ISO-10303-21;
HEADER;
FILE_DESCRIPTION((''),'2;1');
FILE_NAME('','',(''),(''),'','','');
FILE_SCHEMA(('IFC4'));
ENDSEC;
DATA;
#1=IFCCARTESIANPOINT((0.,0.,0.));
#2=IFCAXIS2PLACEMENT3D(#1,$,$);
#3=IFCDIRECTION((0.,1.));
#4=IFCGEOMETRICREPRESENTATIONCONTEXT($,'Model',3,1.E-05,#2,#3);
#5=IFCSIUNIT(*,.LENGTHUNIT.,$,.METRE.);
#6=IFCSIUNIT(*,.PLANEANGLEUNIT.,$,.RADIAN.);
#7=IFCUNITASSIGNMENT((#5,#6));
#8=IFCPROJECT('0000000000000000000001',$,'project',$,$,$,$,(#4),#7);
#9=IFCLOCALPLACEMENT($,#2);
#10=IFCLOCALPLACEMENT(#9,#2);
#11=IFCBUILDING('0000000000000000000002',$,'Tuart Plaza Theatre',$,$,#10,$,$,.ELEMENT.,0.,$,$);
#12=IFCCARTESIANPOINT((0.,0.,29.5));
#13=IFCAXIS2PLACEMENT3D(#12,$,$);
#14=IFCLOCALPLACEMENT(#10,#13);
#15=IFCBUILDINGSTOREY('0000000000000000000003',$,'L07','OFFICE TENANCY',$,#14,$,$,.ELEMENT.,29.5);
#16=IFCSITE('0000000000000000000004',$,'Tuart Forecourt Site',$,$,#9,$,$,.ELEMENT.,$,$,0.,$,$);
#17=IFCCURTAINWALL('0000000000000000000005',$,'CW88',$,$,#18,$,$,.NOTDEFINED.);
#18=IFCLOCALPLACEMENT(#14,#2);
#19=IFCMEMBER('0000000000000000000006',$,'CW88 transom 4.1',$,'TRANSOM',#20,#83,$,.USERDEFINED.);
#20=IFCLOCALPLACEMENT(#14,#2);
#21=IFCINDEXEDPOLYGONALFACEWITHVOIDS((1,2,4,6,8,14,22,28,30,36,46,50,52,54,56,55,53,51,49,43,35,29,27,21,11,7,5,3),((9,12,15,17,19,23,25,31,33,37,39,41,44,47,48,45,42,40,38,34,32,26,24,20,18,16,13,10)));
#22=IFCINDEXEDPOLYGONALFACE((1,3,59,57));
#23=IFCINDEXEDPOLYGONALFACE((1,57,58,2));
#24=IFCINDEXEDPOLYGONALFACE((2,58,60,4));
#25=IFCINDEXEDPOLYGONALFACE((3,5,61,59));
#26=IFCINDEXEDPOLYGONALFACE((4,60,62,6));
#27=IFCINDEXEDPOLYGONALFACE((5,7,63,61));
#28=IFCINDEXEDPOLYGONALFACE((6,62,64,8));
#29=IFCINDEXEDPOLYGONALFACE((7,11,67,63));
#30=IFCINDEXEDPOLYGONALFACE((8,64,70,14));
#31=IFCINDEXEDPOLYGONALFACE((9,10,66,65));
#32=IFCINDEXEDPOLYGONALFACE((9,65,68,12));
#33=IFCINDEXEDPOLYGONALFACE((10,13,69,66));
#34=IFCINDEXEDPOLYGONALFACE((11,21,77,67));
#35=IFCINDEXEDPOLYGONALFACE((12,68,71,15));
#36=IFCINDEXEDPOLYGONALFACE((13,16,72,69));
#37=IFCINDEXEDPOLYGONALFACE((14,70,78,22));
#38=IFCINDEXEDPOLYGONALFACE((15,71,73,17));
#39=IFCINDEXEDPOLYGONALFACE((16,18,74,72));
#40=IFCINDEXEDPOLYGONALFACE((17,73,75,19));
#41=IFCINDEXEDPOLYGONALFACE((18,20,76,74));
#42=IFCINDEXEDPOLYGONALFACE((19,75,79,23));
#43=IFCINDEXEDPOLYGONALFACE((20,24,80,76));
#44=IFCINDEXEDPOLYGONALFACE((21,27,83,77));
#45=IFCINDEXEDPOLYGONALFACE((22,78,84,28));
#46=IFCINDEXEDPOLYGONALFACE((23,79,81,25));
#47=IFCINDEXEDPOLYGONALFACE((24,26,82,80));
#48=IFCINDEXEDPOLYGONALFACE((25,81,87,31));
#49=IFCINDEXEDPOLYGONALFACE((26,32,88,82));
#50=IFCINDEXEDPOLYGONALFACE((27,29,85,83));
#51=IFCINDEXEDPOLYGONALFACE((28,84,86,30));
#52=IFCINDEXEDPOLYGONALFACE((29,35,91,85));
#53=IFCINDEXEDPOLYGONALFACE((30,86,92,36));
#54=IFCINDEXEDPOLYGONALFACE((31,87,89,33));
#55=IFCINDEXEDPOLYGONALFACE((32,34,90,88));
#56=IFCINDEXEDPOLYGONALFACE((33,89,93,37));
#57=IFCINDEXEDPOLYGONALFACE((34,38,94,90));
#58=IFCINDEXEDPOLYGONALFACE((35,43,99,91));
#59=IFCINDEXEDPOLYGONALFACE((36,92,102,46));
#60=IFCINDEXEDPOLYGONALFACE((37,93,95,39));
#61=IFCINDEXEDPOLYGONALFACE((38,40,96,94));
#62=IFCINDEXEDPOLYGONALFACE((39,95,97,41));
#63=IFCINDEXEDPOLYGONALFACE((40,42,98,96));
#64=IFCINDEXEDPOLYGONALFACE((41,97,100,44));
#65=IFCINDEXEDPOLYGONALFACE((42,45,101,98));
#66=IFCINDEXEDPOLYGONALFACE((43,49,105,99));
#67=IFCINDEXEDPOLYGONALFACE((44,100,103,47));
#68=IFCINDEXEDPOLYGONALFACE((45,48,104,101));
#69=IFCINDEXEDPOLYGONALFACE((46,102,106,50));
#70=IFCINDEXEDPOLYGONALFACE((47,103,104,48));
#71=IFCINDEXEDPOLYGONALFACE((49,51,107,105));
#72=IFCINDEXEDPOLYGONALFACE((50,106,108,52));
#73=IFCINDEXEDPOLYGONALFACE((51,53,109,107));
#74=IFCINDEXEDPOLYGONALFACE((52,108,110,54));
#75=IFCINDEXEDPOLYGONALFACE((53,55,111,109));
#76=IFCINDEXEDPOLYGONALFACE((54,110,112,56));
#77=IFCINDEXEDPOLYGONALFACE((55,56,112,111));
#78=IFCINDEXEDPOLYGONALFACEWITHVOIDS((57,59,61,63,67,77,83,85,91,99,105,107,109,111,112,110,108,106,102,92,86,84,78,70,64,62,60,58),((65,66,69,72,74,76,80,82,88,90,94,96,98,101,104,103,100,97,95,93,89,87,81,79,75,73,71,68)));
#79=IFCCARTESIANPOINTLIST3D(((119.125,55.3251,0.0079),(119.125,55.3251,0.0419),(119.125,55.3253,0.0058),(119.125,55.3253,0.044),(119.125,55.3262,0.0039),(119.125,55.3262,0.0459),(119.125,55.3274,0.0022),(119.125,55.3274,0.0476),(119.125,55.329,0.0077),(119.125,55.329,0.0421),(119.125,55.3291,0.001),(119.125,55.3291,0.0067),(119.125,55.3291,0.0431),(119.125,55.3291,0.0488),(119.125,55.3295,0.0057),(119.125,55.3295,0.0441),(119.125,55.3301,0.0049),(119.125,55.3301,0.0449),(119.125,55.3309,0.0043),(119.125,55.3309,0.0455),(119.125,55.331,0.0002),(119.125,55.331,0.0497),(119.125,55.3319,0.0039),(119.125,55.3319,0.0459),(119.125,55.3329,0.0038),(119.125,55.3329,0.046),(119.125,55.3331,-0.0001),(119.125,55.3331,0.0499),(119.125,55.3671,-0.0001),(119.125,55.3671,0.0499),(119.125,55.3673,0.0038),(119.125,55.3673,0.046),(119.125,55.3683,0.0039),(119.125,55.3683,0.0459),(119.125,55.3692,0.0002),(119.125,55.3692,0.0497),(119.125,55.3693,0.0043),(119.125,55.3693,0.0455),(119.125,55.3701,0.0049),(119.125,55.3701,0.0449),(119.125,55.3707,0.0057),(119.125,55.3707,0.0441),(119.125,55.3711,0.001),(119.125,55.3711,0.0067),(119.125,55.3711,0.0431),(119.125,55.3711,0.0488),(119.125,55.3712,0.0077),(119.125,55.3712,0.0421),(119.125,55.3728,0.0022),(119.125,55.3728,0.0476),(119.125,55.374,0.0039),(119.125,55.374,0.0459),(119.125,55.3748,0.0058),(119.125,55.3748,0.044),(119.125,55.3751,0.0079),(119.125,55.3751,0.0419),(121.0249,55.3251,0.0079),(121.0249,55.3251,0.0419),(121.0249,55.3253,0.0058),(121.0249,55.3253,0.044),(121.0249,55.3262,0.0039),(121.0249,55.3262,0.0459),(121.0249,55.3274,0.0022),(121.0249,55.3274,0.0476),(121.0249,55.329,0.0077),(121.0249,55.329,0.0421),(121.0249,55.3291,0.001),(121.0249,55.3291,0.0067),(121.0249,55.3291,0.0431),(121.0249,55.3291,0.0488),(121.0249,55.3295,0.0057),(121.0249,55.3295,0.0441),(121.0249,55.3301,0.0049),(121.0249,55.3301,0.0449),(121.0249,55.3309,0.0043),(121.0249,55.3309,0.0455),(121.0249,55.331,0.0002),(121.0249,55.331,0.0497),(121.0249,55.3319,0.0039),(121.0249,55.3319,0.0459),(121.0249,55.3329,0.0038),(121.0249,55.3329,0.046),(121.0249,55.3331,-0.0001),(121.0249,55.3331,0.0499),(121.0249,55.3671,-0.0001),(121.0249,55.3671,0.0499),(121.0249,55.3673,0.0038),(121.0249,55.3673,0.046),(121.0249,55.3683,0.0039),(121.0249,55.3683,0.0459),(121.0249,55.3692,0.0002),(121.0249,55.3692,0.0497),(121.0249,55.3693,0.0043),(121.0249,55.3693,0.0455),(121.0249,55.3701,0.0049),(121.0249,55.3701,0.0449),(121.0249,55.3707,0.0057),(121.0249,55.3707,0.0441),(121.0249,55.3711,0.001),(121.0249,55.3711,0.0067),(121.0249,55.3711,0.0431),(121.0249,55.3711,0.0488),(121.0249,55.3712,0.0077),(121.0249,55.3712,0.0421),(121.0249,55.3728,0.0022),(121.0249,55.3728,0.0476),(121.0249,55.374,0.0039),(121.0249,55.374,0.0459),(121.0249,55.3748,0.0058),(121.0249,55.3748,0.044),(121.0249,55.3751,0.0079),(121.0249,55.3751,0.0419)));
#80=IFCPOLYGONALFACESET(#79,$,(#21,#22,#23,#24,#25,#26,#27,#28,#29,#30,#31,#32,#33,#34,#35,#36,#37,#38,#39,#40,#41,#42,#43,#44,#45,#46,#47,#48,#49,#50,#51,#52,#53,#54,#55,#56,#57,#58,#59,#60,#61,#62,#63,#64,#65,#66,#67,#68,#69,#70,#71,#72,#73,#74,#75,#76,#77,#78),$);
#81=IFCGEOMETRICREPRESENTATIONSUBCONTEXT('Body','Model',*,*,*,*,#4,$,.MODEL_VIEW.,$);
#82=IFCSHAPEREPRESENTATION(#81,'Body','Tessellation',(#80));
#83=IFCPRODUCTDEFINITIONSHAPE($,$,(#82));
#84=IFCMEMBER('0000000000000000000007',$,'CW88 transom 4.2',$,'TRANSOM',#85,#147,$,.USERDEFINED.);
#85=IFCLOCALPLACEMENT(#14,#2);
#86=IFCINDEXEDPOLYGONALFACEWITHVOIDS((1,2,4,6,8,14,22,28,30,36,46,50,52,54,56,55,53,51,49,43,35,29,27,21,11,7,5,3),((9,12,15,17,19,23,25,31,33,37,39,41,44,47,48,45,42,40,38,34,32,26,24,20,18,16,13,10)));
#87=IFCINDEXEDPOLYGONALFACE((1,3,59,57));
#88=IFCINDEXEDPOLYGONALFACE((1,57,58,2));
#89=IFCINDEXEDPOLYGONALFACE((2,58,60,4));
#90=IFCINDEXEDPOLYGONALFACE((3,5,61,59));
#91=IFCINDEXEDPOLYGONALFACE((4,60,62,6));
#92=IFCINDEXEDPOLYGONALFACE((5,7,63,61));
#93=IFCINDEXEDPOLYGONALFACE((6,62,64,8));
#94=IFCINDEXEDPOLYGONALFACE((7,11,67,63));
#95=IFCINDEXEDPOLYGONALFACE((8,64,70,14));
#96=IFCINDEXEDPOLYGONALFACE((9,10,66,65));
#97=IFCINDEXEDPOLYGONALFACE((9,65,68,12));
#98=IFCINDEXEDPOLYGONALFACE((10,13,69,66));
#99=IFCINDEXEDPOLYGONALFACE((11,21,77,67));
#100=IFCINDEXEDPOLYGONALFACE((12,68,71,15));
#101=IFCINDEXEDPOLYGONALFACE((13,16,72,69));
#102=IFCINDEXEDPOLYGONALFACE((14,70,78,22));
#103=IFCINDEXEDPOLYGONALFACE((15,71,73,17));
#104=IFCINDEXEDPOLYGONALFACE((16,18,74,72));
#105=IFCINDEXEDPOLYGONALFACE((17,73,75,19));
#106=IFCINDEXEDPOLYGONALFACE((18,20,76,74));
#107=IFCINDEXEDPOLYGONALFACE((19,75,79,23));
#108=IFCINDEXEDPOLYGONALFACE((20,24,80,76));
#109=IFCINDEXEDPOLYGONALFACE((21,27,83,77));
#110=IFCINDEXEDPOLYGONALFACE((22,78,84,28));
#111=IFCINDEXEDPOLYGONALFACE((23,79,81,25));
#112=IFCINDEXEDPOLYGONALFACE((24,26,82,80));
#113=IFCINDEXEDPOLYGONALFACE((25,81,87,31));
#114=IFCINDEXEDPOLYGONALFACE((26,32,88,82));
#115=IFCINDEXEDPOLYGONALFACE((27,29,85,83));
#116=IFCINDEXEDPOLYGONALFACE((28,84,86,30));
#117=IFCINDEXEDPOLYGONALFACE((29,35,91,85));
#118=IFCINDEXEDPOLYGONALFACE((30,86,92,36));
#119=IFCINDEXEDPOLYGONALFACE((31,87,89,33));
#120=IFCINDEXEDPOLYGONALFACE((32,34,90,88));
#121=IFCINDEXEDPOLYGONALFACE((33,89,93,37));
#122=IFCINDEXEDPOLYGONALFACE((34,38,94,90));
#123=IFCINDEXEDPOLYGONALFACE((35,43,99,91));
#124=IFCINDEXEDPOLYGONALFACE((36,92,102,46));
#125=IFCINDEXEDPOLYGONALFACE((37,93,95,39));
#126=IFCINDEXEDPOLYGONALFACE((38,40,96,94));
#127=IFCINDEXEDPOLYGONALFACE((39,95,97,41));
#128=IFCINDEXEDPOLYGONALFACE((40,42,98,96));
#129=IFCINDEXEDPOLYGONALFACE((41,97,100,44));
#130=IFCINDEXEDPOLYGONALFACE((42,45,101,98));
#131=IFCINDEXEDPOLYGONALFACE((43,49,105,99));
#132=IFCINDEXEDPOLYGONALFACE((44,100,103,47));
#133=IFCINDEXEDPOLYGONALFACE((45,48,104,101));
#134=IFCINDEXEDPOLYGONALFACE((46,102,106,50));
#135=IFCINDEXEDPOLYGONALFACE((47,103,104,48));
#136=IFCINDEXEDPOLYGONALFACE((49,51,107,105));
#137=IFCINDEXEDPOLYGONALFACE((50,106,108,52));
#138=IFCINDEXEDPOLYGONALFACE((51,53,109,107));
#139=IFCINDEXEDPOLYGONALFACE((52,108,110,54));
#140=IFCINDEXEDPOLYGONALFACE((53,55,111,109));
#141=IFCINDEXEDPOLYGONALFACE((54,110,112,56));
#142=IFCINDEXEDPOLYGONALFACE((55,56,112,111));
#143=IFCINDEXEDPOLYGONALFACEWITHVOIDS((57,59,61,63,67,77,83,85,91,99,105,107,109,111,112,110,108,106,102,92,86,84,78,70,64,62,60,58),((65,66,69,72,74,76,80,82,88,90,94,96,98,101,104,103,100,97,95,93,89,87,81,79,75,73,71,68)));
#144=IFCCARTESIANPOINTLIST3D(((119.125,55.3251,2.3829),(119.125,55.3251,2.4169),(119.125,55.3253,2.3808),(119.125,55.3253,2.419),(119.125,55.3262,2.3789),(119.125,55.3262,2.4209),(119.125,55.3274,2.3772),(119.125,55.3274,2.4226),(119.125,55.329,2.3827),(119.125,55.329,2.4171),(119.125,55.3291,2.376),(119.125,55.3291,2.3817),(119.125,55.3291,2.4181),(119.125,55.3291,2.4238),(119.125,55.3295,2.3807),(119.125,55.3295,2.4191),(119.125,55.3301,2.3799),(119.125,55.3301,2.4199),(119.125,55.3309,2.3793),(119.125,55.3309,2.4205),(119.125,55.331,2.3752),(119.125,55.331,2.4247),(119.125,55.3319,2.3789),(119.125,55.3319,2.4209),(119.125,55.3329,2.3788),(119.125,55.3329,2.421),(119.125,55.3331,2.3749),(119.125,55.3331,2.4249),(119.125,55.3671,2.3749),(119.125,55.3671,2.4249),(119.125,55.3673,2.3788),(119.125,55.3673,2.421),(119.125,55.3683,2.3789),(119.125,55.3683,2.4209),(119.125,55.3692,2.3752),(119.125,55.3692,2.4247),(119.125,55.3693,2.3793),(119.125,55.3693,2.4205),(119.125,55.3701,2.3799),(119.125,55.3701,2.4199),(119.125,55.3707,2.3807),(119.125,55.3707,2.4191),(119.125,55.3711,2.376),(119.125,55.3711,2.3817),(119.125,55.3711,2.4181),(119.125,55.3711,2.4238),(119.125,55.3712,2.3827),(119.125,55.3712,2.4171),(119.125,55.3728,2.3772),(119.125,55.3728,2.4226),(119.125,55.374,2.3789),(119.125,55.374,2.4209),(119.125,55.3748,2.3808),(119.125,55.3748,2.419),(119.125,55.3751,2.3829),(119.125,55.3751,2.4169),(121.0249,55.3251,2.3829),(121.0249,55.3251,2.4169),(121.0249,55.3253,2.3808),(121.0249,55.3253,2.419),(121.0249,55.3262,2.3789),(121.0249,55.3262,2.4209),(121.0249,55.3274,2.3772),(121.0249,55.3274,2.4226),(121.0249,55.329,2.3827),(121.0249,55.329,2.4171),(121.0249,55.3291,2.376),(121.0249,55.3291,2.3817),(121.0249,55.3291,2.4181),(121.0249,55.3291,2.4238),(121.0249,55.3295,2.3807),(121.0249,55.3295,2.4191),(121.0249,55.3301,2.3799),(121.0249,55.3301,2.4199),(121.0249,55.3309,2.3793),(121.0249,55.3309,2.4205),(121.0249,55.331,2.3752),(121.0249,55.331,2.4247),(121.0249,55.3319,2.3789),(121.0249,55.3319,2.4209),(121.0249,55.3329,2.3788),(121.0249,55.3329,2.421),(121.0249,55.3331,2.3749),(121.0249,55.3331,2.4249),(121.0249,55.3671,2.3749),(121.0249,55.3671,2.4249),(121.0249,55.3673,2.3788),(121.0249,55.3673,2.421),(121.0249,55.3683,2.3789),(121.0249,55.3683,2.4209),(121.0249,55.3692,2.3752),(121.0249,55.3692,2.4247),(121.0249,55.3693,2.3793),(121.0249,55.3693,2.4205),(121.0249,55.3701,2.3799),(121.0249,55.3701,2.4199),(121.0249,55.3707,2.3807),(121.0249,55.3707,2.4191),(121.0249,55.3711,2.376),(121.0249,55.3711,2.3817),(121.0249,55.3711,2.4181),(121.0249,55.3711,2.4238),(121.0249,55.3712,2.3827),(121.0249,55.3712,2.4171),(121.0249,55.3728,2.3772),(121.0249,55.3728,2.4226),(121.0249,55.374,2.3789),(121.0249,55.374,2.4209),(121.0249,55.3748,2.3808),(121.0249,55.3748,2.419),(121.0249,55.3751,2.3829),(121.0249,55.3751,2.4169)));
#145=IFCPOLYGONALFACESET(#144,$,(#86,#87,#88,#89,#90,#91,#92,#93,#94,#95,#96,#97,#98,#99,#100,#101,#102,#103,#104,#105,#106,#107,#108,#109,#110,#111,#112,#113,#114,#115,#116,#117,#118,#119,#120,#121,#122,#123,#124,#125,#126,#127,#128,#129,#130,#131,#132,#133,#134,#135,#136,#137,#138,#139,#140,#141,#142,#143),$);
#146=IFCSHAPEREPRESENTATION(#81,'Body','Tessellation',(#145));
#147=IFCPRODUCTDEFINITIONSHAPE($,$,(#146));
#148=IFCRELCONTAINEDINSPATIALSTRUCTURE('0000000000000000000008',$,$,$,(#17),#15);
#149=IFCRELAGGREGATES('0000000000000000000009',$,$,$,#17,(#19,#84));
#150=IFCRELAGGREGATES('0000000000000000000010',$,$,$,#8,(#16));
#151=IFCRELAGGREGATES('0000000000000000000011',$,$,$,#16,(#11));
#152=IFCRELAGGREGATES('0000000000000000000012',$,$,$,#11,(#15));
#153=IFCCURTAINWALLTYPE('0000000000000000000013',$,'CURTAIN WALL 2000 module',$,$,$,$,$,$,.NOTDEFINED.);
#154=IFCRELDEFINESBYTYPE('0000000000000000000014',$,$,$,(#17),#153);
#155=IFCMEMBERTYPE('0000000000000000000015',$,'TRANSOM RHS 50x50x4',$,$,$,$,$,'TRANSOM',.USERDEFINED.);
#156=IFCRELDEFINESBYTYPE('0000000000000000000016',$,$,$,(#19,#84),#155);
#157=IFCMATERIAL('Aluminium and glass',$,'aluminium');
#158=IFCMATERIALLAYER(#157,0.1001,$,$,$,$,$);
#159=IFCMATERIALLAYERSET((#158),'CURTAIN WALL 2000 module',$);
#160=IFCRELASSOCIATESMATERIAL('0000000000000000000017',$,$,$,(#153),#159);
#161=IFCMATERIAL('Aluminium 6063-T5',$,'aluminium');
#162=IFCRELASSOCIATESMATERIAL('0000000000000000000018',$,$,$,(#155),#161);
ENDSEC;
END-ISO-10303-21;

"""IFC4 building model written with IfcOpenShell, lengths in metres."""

from ifc_helpers import new_model, si_unit, direction, frame, origin, origin_2d, place, context, subcontext, project, spatial, hollow_rectangle, extrude, material, layer, layer_set, material_profile, profile_set, type_object, element, aggregate, save


model = new_model("IFC4")

# Units and contexts
model_context = context("Model", 3, precision=1e-05, world=origin(), true_north=direction((0.0, 1.0)))
body_context = subcontext(model_context, "Body", "Model", "MODEL_VIEW")
ifc_project = project(units=[si_unit("LENGTHUNIT", "METRE"), si_unit("PLANEANGLEUNIT", "RADIAN")], contexts=[model_context])

# Site, building, storey
site_placement = place(None, origin())
site = spatial("IfcSite", under=ifc_project, at=site_placement, Name="Tuart Forecourt Site", CompositionType="ELEMENT", RefElevation=0.0)
building_placement = place(site_placement, origin())
building = spatial("IfcBuilding", under=site, at=building_placement, Name="Tuart Plaza Theatre", CompositionType="ELEMENT", ElevationOfRefHeight=0.0)
storey_placement = place(building_placement, frame((0.0, 0.0, 29.5)))
storey = spatial("IfcBuildingStorey", under=building, at=storey_placement, Name="L07", Description="OFFICE TENANCY", CompositionType="ELEMENT", Elevation=29.5)

# Curtain wall, members
ifc_material_1 = material(Name="Aluminium and glass", Category="aluminium")
ifc_layer_1 = layer(ifc_material_1, 0.1001)
ifc_layer_set_1 = layer_set([ifc_layer_1], Name="CURTAIN WALL 2000 module")
curtain_wall_type = type_object("IfcCurtainWallType", Name="CURTAIN WALL 2000 module", PredefinedType="NOTDEFINED", material=ifc_layer_set_1)
curtain_wall_placement = place(storey_placement, origin())
curtain_wall = element("IfcCurtainWall", 1, at=curtain_wall_placement, inside=storey, type_object=curtain_wall_type, Name="CW88", PredefinedType="NOTDEFINED")
ifc_material_2 = material(Name="Aluminium 6063-T5", Category="aluminium")
ifc_material_profile_1 = material_profile(ifc_material_2, hollow_rectangle(XDim=0.05, YDim=0.05, WallThickness=0.0039, InnerFilletRadius=0.0039, OuterFilletRadius=0.0081, at=origin_2d()), Name="RHS 50x50x4")
ifc_profile_set_1 = profile_set([ifc_material_profile_1], Name="Aluminium 6063-T5")
member_type_1 = type_object("IfcMemberType", Name="TRANSOM RHS 50x50x4", ElementType="TRANSOM", PredefinedType="USERDEFINED", material=ifc_profile_set_1)
member_1_placement = place(storey_placement, frame((119.125, 55.3501, 0.0249), z_axis=(1.0, 0.0, 0.0), x_axis=(0.0, 1.0, 0.0)))
member_1 = element("IfcMember", 2, at=member_1_placement, type_object=member_type_1, Name="CW88 transom 4.1", ObjectType="TRANSOM", PredefinedType="USERDEFINED", context=body_context, shape_type="SweptSolid", body=[
    extrude(hollow_rectangle(XDim=0.05, YDim=0.05, WallThickness=0.0039, InnerFilletRadius=0.0039, OuterFilletRadius=0.0081, at=origin_2d()), origin(), (0.0, 0.0, 1.0), 1.8999),
])
member_2_placement = place(storey_placement, frame((119.125, 55.3501, 2.3999), z_axis=(1.0, 0.0, 0.0), x_axis=(0.0, 1.0, 0.0)))
member_2 = element("IfcMember", 3, at=member_2_placement, type_object=member_type_1, Name="CW88 transom 4.2", ObjectType="TRANSOM", PredefinedType="USERDEFINED", context=body_context, shape_type="SweptSolid", body=[
    extrude(hollow_rectangle(XDim=0.05, YDim=0.05, WallThickness=0.0039, InnerFilletRadius=0.0039, OuterFilletRadius=0.0081, at=origin_2d()), origin(), (0.0, 0.0, 1.0), 1.8999),
])
aggregate(curtain_wall, [member_1, member_2])

save(model, "model.ifc")
